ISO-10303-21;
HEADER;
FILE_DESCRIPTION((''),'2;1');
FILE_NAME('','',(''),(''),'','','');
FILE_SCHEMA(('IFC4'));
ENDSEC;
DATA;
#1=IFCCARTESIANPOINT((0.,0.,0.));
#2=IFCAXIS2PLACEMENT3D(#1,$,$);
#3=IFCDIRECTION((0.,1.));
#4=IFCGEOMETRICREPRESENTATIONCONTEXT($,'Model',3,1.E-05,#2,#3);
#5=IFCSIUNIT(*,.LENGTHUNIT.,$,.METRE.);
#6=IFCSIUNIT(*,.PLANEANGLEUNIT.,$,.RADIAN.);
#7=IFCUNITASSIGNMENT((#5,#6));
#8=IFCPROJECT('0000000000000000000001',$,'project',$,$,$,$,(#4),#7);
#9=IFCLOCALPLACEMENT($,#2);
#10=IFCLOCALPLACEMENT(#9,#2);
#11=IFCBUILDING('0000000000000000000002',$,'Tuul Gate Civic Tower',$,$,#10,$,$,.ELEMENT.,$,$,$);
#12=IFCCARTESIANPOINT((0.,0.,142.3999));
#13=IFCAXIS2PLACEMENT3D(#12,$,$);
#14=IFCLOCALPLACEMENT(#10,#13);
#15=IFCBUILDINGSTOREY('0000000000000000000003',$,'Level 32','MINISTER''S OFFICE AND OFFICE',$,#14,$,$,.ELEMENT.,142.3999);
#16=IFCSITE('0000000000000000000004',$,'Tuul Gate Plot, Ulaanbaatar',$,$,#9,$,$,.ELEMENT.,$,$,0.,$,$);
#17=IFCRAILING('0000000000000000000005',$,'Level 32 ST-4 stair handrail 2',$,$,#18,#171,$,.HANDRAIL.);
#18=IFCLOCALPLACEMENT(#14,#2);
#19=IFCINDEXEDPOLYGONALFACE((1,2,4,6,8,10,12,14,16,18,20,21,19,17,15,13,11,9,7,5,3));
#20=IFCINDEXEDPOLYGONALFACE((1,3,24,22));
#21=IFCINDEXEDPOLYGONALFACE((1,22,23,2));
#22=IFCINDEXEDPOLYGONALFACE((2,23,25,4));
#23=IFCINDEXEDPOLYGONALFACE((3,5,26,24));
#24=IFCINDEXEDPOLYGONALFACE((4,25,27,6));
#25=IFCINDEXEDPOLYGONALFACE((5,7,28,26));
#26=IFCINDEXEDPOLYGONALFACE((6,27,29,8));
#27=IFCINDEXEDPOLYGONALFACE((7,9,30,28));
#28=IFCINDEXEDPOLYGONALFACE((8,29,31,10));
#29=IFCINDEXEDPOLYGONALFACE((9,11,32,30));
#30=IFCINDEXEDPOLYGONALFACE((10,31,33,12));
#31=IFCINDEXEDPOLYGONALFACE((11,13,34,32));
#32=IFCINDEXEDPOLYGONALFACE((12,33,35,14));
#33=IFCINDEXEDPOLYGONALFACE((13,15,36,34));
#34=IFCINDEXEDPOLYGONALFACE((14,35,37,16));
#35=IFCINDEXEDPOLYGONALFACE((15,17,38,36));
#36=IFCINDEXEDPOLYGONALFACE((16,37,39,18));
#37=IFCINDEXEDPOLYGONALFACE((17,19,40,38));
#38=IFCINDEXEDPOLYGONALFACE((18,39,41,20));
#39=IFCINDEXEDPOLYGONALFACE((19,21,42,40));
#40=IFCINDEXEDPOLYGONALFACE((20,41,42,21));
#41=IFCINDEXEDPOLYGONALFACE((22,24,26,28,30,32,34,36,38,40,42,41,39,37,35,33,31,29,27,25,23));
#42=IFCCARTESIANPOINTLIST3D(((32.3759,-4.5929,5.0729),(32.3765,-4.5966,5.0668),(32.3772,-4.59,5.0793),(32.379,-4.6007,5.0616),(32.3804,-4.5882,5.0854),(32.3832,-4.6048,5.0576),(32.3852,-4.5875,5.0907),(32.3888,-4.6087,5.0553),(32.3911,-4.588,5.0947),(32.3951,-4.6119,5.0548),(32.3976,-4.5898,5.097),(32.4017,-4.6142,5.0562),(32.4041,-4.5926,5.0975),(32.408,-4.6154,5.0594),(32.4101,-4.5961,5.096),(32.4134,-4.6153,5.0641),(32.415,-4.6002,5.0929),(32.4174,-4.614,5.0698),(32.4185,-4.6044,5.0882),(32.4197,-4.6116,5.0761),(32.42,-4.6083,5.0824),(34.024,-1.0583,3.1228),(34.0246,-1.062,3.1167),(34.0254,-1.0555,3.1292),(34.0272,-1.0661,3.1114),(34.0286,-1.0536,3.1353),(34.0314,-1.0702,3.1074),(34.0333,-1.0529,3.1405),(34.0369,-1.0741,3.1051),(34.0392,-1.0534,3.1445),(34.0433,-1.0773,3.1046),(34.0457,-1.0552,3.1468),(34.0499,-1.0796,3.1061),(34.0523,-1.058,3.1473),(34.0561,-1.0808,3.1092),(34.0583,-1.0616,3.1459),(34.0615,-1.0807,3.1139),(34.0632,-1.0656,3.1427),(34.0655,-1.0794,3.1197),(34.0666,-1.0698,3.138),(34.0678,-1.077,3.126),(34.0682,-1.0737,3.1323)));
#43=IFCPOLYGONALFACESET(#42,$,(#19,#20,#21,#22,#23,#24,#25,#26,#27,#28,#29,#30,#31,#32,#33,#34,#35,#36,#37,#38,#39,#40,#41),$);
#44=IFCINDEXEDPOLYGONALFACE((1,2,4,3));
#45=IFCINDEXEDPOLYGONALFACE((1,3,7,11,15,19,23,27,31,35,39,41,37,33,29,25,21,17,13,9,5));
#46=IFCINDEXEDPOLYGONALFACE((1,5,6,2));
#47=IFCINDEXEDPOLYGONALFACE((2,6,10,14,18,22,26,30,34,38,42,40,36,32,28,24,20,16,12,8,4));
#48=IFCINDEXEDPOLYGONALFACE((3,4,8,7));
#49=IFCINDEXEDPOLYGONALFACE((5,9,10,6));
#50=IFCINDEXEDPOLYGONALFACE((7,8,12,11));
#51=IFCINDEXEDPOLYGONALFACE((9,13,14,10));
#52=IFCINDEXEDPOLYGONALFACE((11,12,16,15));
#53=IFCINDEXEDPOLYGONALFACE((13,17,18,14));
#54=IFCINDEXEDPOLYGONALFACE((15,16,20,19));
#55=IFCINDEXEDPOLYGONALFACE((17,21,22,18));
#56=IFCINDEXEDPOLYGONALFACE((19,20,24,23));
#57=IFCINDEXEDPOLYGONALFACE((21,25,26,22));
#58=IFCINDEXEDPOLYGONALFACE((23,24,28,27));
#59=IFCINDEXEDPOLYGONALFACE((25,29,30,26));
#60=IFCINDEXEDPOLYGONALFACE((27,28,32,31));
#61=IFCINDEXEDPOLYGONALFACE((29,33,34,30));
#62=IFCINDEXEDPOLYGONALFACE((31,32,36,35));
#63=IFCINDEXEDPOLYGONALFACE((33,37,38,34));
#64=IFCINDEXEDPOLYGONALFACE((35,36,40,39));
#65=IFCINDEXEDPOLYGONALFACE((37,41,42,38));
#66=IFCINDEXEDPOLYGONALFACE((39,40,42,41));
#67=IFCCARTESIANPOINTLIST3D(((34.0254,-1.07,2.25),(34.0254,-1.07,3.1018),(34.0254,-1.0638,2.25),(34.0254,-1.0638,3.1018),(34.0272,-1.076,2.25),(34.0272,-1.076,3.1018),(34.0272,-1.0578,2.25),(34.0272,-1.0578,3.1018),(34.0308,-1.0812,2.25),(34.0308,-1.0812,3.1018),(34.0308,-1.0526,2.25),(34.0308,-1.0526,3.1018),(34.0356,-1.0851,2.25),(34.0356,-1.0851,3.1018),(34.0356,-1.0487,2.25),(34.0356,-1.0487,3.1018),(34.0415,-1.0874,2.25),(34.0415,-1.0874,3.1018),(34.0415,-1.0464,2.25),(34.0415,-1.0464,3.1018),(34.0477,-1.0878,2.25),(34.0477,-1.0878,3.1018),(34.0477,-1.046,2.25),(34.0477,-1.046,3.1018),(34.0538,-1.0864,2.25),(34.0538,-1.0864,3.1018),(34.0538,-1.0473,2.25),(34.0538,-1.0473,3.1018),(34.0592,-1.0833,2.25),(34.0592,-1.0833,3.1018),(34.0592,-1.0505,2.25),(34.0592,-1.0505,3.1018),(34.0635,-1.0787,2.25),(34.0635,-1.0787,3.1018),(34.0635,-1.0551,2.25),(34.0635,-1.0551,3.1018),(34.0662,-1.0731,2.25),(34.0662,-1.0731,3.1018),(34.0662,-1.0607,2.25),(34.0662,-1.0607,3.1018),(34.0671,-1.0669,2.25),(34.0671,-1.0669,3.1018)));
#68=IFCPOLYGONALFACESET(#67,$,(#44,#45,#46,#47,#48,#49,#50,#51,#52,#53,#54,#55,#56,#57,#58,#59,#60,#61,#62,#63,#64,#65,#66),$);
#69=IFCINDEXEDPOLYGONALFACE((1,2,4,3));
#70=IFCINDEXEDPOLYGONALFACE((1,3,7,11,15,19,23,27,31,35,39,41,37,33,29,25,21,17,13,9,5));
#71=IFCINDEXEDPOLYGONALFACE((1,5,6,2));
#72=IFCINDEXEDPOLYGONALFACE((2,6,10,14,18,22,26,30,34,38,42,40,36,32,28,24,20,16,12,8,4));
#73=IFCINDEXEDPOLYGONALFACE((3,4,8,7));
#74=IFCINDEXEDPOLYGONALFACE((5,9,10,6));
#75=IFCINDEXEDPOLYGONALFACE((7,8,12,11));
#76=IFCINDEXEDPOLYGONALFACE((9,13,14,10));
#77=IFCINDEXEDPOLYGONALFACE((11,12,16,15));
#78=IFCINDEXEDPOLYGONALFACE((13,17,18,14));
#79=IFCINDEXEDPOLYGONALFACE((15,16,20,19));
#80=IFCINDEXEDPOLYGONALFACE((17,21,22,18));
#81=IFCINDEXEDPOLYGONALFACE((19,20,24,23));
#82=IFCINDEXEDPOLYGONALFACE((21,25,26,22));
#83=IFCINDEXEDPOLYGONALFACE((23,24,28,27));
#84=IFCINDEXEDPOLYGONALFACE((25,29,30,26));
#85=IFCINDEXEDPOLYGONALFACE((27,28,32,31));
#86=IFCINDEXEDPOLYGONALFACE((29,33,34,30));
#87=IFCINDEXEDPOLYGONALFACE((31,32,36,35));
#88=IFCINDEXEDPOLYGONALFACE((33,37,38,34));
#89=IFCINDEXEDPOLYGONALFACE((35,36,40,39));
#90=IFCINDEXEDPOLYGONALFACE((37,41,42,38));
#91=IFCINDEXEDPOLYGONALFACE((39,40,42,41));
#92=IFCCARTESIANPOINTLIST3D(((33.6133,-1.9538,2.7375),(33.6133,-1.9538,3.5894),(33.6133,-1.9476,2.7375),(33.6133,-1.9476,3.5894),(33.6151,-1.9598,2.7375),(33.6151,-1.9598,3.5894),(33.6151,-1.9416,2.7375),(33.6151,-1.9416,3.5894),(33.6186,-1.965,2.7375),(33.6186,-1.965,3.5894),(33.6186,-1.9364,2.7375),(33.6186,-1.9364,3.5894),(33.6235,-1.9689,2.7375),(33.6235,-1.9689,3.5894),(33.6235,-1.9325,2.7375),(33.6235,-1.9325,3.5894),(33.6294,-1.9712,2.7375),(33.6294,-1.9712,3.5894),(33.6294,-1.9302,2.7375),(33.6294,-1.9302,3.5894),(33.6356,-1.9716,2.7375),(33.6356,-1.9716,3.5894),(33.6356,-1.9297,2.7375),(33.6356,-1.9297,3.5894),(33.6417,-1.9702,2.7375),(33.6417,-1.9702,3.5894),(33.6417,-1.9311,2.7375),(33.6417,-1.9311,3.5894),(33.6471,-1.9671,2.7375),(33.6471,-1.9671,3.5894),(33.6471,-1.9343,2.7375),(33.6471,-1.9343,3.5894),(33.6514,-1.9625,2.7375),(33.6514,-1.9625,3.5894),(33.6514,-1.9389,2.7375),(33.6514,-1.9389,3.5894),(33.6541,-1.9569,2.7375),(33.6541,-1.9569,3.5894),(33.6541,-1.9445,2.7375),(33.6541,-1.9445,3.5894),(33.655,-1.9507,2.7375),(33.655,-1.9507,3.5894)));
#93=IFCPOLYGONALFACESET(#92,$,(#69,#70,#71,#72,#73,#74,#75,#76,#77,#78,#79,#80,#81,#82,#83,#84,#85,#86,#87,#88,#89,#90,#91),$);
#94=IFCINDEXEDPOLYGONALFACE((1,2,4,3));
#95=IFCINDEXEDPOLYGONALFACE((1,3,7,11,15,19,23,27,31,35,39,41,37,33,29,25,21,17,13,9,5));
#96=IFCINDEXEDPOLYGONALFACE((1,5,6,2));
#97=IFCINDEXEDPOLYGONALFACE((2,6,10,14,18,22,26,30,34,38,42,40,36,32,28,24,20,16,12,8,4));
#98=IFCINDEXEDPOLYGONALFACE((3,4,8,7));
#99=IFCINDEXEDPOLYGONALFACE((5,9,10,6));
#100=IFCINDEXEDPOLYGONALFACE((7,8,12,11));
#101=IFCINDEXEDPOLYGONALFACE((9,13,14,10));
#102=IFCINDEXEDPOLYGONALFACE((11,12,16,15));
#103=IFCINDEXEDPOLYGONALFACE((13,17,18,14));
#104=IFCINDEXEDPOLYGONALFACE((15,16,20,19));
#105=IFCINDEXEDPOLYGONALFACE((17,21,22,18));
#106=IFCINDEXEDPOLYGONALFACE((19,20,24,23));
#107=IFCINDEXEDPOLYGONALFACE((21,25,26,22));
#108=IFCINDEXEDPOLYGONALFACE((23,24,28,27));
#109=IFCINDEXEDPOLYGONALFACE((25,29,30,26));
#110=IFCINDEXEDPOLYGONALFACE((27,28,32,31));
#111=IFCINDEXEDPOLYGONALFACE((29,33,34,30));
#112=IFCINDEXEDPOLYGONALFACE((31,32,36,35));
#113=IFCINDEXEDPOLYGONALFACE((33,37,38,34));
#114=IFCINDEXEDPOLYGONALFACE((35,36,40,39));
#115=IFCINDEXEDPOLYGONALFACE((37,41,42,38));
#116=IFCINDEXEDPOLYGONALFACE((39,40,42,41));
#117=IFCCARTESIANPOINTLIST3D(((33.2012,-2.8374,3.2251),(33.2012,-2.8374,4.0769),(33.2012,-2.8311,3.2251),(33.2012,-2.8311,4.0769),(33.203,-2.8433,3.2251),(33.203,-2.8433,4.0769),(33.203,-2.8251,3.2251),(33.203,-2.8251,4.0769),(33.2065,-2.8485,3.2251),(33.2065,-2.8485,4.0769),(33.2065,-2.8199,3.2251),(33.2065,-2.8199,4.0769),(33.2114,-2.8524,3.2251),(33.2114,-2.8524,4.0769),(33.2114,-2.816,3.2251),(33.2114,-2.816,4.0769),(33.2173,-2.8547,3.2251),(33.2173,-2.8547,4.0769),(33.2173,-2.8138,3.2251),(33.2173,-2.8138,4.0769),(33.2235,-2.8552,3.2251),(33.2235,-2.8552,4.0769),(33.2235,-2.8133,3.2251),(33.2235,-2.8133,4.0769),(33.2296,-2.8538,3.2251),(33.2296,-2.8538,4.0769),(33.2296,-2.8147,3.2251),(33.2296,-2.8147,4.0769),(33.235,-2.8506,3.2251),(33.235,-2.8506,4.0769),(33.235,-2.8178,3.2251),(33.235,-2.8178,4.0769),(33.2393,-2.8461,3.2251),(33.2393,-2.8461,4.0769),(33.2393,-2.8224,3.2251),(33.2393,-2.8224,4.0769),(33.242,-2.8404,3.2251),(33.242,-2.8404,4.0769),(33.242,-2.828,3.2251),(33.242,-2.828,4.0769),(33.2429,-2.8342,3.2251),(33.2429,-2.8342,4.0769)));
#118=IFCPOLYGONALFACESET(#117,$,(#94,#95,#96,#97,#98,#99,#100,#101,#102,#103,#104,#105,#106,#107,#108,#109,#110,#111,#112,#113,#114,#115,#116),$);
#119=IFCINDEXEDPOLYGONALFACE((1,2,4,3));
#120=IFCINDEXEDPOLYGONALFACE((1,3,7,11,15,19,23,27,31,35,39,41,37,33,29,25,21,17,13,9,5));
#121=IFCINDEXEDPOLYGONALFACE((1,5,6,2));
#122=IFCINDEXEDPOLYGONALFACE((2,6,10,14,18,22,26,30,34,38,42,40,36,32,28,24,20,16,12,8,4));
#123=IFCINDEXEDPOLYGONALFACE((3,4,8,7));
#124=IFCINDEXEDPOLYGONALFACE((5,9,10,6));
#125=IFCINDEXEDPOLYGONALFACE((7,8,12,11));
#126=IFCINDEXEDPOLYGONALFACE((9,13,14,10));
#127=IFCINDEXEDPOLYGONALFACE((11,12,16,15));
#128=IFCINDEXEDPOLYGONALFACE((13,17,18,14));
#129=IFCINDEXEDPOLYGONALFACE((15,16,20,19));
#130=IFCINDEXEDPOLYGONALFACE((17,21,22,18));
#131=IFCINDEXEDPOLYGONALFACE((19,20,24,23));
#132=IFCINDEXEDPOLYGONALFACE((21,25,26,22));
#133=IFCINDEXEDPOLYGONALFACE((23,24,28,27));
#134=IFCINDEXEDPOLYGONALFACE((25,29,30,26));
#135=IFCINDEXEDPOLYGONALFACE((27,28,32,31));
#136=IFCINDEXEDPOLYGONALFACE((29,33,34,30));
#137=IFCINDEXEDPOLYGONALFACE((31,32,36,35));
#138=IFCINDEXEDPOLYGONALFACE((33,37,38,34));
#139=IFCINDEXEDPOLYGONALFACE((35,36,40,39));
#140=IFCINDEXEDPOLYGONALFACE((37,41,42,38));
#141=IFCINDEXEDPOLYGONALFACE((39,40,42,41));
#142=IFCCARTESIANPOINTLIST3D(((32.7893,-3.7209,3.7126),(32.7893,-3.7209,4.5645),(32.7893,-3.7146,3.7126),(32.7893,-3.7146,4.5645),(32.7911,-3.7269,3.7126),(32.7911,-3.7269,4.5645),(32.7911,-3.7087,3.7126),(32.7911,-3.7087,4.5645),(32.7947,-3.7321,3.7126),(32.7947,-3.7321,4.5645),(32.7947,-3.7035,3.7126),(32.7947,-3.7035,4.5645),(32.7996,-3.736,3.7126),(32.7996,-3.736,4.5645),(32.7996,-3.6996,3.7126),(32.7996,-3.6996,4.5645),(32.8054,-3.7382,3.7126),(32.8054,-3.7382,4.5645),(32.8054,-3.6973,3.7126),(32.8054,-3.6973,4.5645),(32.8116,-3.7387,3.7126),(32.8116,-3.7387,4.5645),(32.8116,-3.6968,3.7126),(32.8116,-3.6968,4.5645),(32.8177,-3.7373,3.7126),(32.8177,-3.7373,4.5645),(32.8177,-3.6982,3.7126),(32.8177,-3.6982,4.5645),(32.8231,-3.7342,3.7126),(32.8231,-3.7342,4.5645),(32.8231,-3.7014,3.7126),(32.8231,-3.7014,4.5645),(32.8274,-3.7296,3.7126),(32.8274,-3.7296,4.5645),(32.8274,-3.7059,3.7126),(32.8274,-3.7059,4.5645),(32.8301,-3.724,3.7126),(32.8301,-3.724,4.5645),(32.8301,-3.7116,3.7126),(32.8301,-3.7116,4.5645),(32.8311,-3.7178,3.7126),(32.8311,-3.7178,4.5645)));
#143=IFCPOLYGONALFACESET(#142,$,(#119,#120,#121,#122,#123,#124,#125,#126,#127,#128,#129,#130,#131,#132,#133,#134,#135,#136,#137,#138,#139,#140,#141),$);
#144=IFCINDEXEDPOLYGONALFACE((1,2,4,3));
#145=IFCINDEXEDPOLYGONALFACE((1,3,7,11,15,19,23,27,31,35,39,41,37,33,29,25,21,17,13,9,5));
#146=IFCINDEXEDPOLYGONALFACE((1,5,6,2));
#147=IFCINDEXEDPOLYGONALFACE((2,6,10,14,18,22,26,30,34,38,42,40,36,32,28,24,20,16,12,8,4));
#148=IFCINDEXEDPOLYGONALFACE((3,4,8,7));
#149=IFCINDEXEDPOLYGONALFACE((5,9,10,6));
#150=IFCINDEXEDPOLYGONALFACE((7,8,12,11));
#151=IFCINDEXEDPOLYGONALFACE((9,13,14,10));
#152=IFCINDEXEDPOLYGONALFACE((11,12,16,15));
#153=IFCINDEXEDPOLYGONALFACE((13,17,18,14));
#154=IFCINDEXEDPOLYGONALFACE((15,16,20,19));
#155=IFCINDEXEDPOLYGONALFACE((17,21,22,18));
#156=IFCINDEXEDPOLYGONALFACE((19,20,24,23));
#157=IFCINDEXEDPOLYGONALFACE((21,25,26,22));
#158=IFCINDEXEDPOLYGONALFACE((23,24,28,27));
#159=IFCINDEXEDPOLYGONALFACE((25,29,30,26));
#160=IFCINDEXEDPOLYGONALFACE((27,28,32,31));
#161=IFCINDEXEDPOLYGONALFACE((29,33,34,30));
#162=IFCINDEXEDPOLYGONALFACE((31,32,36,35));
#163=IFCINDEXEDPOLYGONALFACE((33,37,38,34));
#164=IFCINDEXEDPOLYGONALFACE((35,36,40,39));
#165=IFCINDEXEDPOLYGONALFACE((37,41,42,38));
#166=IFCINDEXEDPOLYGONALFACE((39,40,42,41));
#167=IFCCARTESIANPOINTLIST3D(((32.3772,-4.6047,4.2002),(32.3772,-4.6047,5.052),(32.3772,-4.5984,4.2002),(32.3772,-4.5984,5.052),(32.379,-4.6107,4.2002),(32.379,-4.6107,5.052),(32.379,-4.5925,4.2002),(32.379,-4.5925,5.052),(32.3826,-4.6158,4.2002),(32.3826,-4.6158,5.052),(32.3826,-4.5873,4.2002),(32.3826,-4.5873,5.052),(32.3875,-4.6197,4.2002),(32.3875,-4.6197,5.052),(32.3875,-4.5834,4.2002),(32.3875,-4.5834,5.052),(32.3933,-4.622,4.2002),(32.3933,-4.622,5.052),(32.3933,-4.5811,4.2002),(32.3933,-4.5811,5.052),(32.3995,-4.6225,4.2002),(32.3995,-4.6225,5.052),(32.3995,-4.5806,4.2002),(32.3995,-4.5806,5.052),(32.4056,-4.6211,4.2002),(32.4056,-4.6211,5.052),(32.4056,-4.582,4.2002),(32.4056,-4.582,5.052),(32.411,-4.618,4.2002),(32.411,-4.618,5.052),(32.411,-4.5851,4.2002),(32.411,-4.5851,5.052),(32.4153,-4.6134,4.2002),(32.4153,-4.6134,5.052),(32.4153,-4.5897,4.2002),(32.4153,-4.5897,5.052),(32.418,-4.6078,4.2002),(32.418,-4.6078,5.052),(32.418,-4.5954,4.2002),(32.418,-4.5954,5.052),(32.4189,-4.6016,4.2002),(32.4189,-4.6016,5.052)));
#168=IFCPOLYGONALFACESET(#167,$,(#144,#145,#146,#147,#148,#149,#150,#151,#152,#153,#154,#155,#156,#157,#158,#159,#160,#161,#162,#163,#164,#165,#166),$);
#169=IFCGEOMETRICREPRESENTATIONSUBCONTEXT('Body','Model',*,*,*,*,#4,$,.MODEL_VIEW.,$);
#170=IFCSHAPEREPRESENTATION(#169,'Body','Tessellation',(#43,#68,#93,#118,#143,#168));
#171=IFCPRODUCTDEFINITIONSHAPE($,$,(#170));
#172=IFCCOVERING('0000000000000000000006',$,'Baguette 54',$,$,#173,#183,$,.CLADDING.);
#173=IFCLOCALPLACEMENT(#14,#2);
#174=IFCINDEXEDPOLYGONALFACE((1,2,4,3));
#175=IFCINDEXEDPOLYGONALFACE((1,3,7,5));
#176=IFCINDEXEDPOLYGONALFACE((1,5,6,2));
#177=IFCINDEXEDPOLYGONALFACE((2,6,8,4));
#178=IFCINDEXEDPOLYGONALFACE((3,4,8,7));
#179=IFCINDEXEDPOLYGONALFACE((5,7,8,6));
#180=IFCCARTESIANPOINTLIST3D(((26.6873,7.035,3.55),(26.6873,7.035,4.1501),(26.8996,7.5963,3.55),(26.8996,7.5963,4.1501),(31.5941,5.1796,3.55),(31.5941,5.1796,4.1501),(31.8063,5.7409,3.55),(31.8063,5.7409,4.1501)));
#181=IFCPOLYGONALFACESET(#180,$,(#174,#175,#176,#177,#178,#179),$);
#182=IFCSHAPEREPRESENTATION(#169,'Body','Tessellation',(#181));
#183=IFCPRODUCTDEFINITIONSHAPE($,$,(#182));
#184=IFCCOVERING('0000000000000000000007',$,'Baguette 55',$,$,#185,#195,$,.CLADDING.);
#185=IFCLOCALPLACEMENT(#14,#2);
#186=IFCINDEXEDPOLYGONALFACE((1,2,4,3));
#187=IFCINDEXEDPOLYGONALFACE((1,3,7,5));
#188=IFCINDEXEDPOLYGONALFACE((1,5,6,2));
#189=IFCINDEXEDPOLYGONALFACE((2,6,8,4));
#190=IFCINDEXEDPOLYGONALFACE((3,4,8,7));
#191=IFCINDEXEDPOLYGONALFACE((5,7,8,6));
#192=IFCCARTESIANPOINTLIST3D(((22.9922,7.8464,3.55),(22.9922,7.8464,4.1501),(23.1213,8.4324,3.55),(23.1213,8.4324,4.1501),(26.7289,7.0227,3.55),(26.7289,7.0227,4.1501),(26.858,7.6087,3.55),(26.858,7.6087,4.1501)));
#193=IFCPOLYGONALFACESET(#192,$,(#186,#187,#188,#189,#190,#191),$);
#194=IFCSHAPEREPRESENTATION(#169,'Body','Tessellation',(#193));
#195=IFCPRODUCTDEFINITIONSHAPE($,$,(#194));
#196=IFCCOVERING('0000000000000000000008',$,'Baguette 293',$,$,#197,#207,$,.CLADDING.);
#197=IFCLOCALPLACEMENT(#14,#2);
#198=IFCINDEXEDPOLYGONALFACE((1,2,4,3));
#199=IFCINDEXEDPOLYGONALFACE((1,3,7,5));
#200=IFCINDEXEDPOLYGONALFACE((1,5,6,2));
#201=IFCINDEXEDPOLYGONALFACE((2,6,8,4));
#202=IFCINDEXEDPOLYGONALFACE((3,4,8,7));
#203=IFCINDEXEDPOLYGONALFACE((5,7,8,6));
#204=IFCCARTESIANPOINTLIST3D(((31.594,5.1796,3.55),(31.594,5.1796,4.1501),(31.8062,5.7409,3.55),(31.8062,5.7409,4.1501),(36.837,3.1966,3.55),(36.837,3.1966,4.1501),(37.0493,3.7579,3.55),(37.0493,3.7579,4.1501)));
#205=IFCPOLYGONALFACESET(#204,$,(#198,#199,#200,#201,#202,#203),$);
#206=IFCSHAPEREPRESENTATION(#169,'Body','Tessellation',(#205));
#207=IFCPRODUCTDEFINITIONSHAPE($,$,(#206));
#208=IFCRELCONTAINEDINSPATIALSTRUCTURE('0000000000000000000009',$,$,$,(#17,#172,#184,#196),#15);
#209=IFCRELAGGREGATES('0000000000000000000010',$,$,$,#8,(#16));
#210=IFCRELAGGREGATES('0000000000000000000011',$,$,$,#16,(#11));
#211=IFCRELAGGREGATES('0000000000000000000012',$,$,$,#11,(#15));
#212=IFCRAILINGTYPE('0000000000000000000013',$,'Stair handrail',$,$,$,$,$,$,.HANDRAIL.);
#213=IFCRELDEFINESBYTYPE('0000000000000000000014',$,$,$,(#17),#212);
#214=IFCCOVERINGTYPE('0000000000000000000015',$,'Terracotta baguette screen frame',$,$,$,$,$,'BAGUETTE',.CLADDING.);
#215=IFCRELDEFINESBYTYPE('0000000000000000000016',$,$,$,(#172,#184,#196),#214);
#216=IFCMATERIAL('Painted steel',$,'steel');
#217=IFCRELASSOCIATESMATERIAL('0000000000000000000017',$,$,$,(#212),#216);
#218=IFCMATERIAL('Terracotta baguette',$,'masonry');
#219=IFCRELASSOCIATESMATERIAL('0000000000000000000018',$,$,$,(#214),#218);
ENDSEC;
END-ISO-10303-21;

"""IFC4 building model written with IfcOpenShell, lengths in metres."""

from ifc_helpers import new_model, si_unit, direction, frame, origin, origin_2d, place, context, subcontext, project, spatial, rectangle, circle, extrude, material, material_profile, profile_set, type_object, element, save


model = new_model("IFC4")

# Units and contexts
model_context = context("Model", 3, precision=1e-05, world=origin(), true_north=direction((0.0, 1.0)))
body_context = subcontext(model_context, "Body", "Model", "MODEL_VIEW")
ifc_project = project(units=[si_unit("LENGTHUNIT", "METRE"), si_unit("PLANEANGLEUNIT", "RADIAN")], contexts=[model_context])

# Site, building, storey
site_placement = place(None, origin())
site = spatial("IfcSite", under=ifc_project, at=site_placement, Name="Tuul Gate Plot, Ulaanbaatar", CompositionType="ELEMENT", RefElevation=0.0)
building_placement = place(site_placement, origin())
building = spatial("IfcBuilding", under=site, at=building_placement, Name="Tuul Gate Civic Tower", CompositionType="ELEMENT")
storey_placement = place(building_placement, frame((0.0, 0.0, 142.3999)))
storey = spatial("IfcBuildingStorey", under=building, at=storey_placement, Name="Level 32", Description="MINISTER'S OFFICE AND OFFICE", CompositionType="ELEMENT", Elevation=142.3999)

# Railing
ifc_material_1 = material(Name="Painted steel", Category="steel")
railing_type_1 = type_object("IfcRailingType", Name="Stair handrail", PredefinedType="HANDRAIL", material=ifc_material_1)
railing_1_placement = place(storey_placement, frame((34.0461, -1.0669, 2.25)))
element("IfcRailing", 1, at=railing_1_placement, inside=storey, type_object=railing_type_1, Name="Level 32 ST-4 stair handrail 2", PredefinedType="HANDRAIL", context=body_context, shape_type="SweptSolid", body=[
    extrude(circle(Radius=0.0239, at=origin_2d()), frame((0.0, 0.0, 0.876), z_axis=(-0.377985, -0.810617, 0.447245), x_axis=(0.906313, -0.422608, 0.0)), (0.0, 0.0, 1.0), 4.3604),
    extrude(circle(Radius=0.021, at=origin_2d()), origin(), (0.0, 0.0, 1.0), 0.8518),
    extrude(circle(Radius=0.021, at=origin_2d()), frame((-0.4121, -0.8838, 0.4875)), (0.0, 0.0, 1.0), 0.8518),
    extrude(circle(Radius=0.021, at=origin_2d()), frame((-0.8242, -1.7673, 0.9751)), (0.0, 0.0, 1.0), 0.8518),
    extrude(circle(Radius=0.021, at=origin_2d()), frame((-1.2361, -2.6509, 1.4626)), (0.0, 0.0, 1.0), 0.8518),
    extrude(circle(Radius=0.021, at=origin_2d()), frame((-1.6482, -3.5347, 1.9502)), (0.0, 0.0, 1.0), 0.8518),
])

# Coverings
ifc_material_2 = material(Name="Terracotta baguette", Category="masonry")
ifc_material_profile_1 = material_profile(ifc_material_2, rectangle(XDim=0.6001, YDim=0.6001, at=origin_2d()), Name="Terracotta baguette screen frame")
ifc_profile_set_1 = profile_set([ifc_material_profile_1], Name="Terracotta baguette")
covering_type = type_object("IfcCoveringType", Name="Terracotta baguette screen frame", ElementType="BAGUETTE", PredefinedType="CLADDING", material=ifc_profile_set_1)
covering_1_placement = place(storey_placement, frame((31.7002, 5.4602, 3.8501), z_axis=(-0.935358, 0.353703, 0.0), x_axis=(-0.353703, -0.935358, 0.0)))
element("IfcCovering", 2, at=covering_1_placement, inside=storey, type_object=covering_type, Name="Baguette 54", PredefinedType="CLADDING", context=body_context, shape_type="SweptSolid", body=[
    extrude(rectangle(XDim=0.6001, YDim=0.6001, at=origin_2d()), origin(), (0.0, 0.0, 1.0), 5.2458),
])
covering_2_placement = place(storey_placement, frame((26.7935, 7.3157, 3.8501), z_axis=(-0.976555, 0.215268, 0.0), x_axis=(-0.215268, -0.976555, 0.0)))
element("IfcCovering", 3, at=covering_2_placement, inside=storey, type_object=covering_type, Name="Baguette 55", PredefinedType="CLADDING", context=body_context, shape_type="SweptSolid", body=[
    extrude(rectangle(XDim=0.6001, YDim=0.6001, at=origin_2d()), origin(), (0.0, 0.0, 1.0), 3.8264),
])
covering_3_placement = place(storey_placement, frame((36.9431, 3.4773, 3.8501), z_axis=(-0.935339, 0.353752, 0.0), x_axis=(-0.353752, -0.935339, 0.0)))
element("IfcCovering", 4, at=covering_3_placement, inside=storey, type_object=covering_type, Name="Baguette 293", PredefinedType="CLADDING", context=body_context, shape_type="SweptSolid", body=[
    extrude(rectangle(XDim=0.6001, YDim=0.6001, at=origin_2d()), origin(), (0.0, 0.0, 1.0), 5.6055),
])

save(model, "model.ifc")
